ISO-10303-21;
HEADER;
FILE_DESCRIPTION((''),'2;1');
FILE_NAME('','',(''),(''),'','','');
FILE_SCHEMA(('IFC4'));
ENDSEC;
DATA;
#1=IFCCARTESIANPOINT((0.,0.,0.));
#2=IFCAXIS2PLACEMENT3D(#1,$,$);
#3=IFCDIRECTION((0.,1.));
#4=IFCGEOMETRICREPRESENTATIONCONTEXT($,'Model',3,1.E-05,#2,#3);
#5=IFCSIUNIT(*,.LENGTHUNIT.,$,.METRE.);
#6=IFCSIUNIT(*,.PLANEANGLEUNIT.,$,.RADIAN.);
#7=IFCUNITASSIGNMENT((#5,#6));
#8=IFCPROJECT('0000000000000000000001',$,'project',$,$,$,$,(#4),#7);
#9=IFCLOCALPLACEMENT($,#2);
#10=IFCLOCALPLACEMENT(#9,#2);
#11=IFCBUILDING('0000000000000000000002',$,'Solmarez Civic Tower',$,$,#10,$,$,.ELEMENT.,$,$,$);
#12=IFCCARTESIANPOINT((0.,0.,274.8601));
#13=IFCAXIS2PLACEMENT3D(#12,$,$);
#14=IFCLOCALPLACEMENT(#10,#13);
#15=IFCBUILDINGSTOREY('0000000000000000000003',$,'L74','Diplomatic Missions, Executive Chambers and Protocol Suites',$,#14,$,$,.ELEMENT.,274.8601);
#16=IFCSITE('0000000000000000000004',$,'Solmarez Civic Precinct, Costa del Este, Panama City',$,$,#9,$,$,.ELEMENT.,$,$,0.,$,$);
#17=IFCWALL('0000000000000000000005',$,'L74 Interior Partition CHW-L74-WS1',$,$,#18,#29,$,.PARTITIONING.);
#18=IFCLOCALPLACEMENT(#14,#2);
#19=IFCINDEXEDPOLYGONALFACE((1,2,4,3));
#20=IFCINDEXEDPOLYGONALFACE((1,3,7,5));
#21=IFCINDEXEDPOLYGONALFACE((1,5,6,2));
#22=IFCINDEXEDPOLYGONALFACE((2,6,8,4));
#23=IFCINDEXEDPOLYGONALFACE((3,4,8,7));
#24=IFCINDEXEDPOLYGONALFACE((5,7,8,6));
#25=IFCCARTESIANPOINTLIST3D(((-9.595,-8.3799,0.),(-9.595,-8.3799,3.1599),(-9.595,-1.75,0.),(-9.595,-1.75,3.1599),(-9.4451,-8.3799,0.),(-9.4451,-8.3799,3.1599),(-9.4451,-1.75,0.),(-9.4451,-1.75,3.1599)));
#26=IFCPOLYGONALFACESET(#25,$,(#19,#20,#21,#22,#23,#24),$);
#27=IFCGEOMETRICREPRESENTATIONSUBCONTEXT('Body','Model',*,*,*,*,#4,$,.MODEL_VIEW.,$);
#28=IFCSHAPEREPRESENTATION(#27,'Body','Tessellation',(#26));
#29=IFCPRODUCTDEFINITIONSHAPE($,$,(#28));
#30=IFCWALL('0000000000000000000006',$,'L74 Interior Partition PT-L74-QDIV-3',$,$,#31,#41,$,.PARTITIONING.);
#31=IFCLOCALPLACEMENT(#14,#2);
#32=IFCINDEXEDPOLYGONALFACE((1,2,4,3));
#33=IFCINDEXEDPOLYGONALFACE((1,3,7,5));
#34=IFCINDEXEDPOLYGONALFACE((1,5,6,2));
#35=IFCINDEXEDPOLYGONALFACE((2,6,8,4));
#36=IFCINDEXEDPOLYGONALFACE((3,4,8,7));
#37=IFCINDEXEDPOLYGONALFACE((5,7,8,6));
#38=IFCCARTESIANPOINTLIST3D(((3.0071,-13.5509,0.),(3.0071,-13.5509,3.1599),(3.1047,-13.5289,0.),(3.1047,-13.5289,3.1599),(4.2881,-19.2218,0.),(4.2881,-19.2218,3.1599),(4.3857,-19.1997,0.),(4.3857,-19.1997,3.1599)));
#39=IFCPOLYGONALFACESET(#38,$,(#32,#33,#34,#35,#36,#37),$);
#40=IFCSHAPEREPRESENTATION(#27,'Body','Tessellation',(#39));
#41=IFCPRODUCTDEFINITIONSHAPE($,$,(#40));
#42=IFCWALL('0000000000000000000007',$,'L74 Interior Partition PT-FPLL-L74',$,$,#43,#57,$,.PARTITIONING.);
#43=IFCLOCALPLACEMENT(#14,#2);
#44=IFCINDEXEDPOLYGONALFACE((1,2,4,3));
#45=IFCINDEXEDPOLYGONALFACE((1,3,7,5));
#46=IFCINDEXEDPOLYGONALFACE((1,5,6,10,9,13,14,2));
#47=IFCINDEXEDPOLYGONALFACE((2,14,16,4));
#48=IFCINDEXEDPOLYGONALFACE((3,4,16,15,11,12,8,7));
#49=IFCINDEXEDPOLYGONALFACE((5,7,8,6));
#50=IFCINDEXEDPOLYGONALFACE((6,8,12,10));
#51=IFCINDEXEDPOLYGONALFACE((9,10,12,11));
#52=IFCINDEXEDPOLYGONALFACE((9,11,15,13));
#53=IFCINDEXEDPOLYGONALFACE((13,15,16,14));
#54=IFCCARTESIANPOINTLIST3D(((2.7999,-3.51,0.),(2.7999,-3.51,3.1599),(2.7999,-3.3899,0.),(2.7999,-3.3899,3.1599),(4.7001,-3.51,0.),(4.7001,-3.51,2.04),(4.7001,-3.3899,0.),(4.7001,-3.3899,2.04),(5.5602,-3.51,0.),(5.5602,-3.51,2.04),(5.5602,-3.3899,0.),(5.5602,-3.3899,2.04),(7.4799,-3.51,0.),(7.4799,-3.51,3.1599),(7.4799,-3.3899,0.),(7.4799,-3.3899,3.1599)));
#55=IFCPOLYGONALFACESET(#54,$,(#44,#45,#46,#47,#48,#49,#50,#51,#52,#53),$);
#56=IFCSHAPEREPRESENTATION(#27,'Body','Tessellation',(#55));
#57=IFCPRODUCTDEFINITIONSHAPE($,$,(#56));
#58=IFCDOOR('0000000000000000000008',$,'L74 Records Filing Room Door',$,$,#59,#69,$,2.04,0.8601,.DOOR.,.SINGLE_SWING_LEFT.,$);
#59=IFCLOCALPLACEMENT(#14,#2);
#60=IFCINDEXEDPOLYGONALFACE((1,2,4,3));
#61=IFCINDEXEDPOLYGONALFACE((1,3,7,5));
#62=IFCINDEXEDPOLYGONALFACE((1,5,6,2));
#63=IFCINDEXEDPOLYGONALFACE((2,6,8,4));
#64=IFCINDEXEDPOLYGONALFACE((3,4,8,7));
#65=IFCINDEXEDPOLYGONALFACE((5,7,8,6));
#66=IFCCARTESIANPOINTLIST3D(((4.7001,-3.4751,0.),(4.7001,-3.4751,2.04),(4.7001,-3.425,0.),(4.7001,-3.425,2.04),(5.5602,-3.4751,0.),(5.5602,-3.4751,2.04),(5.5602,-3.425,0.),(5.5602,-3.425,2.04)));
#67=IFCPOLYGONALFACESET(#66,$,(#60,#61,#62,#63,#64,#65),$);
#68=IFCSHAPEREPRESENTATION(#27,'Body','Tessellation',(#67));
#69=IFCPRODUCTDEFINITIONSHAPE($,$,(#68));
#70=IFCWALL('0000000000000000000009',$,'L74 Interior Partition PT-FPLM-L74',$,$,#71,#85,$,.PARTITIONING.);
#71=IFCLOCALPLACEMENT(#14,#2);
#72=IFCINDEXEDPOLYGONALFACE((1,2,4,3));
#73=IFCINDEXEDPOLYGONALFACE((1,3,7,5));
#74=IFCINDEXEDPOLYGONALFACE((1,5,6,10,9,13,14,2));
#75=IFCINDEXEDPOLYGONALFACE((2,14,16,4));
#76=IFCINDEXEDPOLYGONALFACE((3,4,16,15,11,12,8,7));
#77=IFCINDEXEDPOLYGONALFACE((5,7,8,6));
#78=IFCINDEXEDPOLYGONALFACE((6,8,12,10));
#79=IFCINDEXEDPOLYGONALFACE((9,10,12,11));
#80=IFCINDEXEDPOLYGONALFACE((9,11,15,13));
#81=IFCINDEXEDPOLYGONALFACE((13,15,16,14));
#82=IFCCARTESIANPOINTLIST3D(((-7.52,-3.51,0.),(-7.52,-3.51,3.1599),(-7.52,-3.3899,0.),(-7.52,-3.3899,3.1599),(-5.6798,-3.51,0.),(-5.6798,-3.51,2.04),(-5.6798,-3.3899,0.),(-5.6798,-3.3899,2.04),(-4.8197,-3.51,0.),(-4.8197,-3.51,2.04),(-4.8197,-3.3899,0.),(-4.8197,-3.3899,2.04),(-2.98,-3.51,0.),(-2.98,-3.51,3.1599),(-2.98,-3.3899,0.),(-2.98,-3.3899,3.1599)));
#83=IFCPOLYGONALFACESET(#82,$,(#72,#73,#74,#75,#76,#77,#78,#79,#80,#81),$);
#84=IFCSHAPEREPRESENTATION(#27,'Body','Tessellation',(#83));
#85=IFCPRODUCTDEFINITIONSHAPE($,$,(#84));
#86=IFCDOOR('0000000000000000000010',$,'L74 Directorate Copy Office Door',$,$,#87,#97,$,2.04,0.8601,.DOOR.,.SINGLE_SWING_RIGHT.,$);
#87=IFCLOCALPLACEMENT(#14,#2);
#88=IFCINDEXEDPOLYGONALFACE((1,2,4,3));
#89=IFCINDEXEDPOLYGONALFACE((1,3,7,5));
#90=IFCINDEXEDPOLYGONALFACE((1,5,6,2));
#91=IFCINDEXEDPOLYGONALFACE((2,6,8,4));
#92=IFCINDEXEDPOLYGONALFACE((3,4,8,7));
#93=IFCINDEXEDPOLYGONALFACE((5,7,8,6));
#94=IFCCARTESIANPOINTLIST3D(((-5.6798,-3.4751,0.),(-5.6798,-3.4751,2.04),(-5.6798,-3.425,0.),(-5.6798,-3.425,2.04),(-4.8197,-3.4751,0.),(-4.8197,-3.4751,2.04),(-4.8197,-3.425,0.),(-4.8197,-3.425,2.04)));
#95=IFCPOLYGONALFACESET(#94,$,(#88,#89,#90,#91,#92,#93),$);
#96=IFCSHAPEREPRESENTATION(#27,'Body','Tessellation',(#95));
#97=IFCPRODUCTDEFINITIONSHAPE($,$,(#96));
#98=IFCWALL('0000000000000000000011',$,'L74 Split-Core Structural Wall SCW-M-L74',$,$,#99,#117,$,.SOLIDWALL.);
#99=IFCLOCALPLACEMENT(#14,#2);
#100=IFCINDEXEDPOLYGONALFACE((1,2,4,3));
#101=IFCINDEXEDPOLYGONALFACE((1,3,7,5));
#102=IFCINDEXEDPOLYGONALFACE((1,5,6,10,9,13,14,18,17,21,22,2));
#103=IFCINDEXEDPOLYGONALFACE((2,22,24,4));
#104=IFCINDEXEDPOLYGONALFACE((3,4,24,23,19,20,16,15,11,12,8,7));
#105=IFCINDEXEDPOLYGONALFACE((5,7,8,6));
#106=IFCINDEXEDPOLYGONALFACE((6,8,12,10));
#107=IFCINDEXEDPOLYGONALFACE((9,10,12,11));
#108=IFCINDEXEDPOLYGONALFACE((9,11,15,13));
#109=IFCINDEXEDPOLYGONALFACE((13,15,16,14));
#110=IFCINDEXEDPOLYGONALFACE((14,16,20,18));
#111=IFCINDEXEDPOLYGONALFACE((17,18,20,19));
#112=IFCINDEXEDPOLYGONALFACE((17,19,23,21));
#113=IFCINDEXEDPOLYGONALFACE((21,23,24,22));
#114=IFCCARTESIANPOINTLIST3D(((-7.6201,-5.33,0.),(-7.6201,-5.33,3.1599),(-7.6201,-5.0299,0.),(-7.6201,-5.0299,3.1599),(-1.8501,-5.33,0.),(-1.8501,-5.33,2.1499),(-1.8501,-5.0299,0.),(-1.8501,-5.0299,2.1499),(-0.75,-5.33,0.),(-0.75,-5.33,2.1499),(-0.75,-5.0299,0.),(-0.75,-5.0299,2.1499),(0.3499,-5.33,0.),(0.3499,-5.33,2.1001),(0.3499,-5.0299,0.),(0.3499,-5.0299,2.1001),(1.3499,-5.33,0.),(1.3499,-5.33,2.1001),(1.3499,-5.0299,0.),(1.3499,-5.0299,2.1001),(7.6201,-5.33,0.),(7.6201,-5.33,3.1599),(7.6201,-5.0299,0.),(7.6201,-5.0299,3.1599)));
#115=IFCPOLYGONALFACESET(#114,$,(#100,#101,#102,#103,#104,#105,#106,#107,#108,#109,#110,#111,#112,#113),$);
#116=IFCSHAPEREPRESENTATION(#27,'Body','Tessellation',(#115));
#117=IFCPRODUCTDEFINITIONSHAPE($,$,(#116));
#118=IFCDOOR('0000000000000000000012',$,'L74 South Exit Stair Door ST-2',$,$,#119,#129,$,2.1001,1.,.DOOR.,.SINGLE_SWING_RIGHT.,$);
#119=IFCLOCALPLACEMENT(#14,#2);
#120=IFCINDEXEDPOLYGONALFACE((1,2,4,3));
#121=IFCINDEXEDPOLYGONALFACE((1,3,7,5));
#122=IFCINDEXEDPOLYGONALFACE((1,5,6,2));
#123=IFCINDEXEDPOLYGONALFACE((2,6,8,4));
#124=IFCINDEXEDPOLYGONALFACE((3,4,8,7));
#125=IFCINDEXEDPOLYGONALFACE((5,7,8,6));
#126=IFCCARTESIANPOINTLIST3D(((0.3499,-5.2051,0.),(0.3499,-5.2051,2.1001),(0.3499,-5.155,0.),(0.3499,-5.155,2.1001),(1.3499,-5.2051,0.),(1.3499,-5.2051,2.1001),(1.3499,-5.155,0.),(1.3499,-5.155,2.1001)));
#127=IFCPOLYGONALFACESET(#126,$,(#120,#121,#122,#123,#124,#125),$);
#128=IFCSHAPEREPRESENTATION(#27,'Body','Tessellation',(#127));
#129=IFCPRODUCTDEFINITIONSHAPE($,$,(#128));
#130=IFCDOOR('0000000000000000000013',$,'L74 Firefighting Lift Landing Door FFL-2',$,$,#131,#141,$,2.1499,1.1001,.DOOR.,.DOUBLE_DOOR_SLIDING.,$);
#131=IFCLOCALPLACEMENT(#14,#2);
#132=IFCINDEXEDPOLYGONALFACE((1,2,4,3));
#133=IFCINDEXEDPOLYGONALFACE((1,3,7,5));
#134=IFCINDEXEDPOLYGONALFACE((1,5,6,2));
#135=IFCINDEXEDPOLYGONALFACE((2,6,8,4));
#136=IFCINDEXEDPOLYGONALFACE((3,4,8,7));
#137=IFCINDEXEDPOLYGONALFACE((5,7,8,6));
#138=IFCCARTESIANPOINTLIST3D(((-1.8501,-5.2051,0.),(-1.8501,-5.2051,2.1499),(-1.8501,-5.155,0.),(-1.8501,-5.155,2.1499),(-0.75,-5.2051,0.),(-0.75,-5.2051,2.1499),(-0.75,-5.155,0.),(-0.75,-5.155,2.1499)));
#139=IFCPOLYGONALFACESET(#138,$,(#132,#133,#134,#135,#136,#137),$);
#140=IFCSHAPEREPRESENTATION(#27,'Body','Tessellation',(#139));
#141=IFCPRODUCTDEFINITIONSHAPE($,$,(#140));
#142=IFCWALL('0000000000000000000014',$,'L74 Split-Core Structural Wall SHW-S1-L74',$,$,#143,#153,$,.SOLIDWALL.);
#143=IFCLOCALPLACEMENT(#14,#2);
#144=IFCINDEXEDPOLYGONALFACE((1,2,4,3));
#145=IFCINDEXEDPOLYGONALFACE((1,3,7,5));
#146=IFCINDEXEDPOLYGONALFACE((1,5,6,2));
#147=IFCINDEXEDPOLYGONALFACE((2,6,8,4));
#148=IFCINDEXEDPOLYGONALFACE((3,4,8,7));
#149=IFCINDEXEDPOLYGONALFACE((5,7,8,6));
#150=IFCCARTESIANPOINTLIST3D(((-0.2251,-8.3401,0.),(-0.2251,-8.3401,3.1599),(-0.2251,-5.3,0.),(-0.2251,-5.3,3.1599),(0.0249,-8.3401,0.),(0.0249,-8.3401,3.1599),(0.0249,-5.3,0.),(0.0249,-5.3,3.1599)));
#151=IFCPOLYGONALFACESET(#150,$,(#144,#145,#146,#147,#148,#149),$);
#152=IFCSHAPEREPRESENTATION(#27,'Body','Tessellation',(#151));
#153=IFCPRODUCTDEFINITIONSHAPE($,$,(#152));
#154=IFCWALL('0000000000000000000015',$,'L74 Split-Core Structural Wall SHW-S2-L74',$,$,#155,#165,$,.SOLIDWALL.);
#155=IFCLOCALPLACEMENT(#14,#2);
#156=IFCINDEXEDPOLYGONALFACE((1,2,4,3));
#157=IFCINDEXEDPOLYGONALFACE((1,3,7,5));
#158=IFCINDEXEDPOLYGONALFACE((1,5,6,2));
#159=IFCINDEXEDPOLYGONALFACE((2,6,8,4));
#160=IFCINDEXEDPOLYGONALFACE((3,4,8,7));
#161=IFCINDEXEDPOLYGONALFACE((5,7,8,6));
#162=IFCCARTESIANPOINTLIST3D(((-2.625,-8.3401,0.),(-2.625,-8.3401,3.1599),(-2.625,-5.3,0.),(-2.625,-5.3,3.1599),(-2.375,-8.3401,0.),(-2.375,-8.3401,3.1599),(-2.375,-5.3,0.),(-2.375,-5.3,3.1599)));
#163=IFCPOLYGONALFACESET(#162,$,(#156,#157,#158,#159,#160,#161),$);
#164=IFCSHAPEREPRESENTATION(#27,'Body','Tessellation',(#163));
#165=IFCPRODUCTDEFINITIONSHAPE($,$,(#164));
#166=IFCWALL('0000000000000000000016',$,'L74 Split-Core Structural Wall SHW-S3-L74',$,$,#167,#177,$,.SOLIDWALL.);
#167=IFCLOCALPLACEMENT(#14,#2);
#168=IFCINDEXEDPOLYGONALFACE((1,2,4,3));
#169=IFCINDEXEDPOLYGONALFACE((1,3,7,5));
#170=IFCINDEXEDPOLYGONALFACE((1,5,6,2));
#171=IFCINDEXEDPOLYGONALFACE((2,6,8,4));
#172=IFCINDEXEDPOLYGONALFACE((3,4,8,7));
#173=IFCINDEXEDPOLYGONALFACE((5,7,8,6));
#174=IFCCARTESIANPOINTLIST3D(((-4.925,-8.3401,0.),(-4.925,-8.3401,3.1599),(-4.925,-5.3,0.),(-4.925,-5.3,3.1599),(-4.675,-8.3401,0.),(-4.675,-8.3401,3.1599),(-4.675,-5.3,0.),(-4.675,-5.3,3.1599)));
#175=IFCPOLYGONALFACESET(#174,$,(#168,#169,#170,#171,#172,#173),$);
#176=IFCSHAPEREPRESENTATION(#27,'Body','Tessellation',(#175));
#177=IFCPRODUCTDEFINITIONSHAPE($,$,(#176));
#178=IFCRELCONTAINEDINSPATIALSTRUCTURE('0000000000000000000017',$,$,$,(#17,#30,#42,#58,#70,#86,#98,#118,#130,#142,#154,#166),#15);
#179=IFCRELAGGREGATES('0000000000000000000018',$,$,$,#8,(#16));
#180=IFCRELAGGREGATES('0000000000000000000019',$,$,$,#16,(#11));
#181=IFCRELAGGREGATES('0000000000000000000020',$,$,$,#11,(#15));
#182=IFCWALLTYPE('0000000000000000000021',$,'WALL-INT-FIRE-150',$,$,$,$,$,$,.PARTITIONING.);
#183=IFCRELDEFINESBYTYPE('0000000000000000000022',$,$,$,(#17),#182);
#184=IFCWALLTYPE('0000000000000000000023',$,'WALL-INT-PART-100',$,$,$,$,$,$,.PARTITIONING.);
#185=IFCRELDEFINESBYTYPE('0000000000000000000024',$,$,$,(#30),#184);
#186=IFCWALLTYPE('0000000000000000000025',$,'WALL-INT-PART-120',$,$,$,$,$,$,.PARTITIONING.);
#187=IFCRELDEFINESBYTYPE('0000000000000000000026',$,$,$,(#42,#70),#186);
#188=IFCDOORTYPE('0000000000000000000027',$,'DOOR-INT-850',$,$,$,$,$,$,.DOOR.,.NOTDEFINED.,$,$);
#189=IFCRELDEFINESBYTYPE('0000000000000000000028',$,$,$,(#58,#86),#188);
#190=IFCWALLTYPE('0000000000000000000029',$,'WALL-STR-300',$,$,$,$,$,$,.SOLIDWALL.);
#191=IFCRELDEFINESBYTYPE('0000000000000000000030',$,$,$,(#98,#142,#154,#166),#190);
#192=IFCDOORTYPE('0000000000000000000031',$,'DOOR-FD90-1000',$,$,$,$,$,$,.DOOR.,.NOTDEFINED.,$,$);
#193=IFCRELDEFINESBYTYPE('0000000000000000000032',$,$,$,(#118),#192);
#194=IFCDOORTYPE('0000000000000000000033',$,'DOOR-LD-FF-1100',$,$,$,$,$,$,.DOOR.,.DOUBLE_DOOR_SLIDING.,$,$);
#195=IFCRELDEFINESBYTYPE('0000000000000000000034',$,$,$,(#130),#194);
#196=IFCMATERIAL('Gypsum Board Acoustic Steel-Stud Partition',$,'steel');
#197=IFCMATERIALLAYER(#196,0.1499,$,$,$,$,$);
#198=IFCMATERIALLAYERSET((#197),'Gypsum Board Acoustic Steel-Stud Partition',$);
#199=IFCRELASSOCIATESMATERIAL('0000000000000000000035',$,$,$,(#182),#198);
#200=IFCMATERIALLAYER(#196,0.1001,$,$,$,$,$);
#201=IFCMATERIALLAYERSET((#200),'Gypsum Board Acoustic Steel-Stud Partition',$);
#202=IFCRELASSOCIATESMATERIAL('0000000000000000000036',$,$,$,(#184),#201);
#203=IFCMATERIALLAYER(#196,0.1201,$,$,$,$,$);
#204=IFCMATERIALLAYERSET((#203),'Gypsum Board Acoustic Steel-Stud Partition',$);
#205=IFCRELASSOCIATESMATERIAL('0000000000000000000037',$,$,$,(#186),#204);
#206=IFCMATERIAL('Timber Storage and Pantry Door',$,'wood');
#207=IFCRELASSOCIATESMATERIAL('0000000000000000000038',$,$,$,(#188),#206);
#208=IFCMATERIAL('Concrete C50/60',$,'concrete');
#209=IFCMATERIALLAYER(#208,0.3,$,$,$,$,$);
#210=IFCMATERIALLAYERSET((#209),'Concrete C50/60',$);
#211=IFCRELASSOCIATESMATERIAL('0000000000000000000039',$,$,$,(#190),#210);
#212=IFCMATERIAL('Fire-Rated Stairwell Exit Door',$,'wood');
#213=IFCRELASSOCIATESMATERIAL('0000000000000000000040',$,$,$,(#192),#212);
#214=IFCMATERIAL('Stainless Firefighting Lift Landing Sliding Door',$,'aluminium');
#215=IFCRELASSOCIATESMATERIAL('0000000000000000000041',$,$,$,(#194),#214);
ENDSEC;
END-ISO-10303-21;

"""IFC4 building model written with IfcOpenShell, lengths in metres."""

from ifc_helpers import new_model, si_unit, direction, frame, frame_2d, origin, place, context, subcontext, project, spatial, rectangle, extrude, material, layer, layer_set, type_object, element, fill, save


model = new_model("IFC4")

# Units and contexts
model_context = context("Model", 3, precision=1e-05, world=origin(), true_north=direction((0.0, 1.0)))
body_context = subcontext(model_context, "Body", "Model", "MODEL_VIEW")
ifc_project = project(units=[si_unit("LENGTHUNIT", "METRE"), si_unit("PLANEANGLEUNIT", "RADIAN")], contexts=[model_context])

# Site, building, storey
site_placement = place(None, origin())
site = spatial("IfcSite", under=ifc_project, at=site_placement, Name="Solmarez Civic Precinct, Costa del Este, Panama City", CompositionType="ELEMENT", RefElevation=0.0)
building_placement = place(site_placement, origin())
building = spatial("IfcBuilding", under=site, at=building_placement, Name="Solmarez Civic Tower", CompositionType="ELEMENT")
storey_placement = place(building_placement, frame((0.0, 0.0, 274.8601)))
storey = spatial("IfcBuildingStorey", under=building, at=storey_placement, Name="L74", Description="Diplomatic Missions, Executive Chambers and Protocol Suites", CompositionType="ELEMENT", Elevation=274.8601)

# Shared definitions
ifc_material_1 = material(Name="Concrete C50/60", Category="concrete")

# Walls
ifc_material_2 = material(Name="Gypsum Board Acoustic Steel-Stud Partition", Category="steel")
ifc_layer_1 = layer(ifc_material_2, 0.1499)
ifc_layer_set_1 = layer_set([ifc_layer_1], Name="Gypsum Board Acoustic Steel-Stud Partition")
wall_type_1 = type_object("IfcWallType", Name="WALL-INT-FIRE-150", PredefinedType="PARTITIONING", material=ifc_layer_set_1)
wall_1_placement = place(storey_placement, frame((-9.52, -8.3799, 0.0), z_axis=(0.0, 0.0, 1.0), x_axis=(0.0, 1.0, 0.0)))
element("IfcWall", 1, at=wall_1_placement, inside=storey, type_object=wall_type_1, Name="L74 Interior Partition CHW-L74-WS1", PredefinedType="PARTITIONING", context=body_context, shape_type="SweptSolid", body=[
    extrude(rectangle(XDim=6.6299, YDim=0.1499, at=frame_2d((3.3149, 0.0))), origin(), (0.0, 0.0, 1.0), 3.1599),
])
ifc_layer_2 = layer(ifc_material_2, 0.1001)
ifc_layer_set_2 = layer_set([ifc_layer_2], Name="Gypsum Board Acoustic Steel-Stud Partition")
wall_type_2 = type_object("IfcWallType", Name="WALL-INT-PART-100", PredefinedType="PARTITIONING", material=ifc_layer_set_2)
wall_2_placement = place(storey_placement, frame((3.0559, -13.54, 0.0), z_axis=(0.0, 0.0, 1.0), x_axis=(0.220339, -0.975423, 0.0)))
element("IfcWall", 2, at=wall_2_placement, inside=storey, type_object=wall_type_2, Name="L74 Interior Partition PT-L74-QDIV-3", PredefinedType="PARTITIONING", context=body_context, shape_type="SweptSolid", body=[
    extrude(rectangle(XDim=5.8137, YDim=0.1001, at=frame_2d((2.9067, 0.0))), origin(), (0.0, 0.0, 1.0), 3.1599),
])

# Walls, openings, doors
ifc_layer_3 = layer(ifc_material_2, 0.1201)
ifc_layer_set_3 = layer_set([ifc_layer_3], Name="Gypsum Board Acoustic Steel-Stud Partition")
wall_type_3 = type_object("IfcWallType", Name="WALL-INT-PART-120", PredefinedType="PARTITIONING", material=ifc_layer_set_3)
wall_3_placement = place(storey_placement, frame((2.8, -3.45, 0.0), z_axis=(0.0, 0.0, 1.0), x_axis=(1.0, 0.0, 0.0)))
wall_3 = element("IfcWall", 3, at=wall_3_placement, inside=storey, type_object=wall_type_3, Name="L74 Interior Partition PT-FPLL-L74", PredefinedType="PARTITIONING", context=body_context, shape_type="SweptSolid", body=[
    extrude(rectangle(XDim=4.6799, YDim=0.1201, at=frame_2d((2.3398, 0.0))), origin(), (0.0, 0.0, 1.0), 3.1599),
])
opening_1_placement = place(wall_3_placement, frame((1.8999, 0.0, 0.0)))
opening_1 = element("IfcOpeningElement", 4, at=opening_1_placement, cuts=wall_3, PredefinedType="OPENING", context=body_context, shape_type="SweptSolid", body=[
    extrude(rectangle(XDim=0.8601, YDim=2.04, at=frame_2d((0.4302, 1.02))), frame((0.0, 0.0701, 0.0), z_axis=(0.0, -1.0, 0.0), x_axis=(1.0, 0.0, 0.0)), (0.0, 0.0, 1.0), 0.1401),
])
ifc_material_3 = material(Name="Timber Storage and Pantry Door", Category="wood")
door_type_1 = type_object("IfcDoorType", Name="DOOR-INT-850", OperationType="NOTDEFINED", PredefinedType="DOOR", material=ifc_material_3)
door_1_placement = place(opening_1_placement, origin())
door_1 = element("IfcDoor", 5, at=door_1_placement, inside=storey, type_object=door_type_1, Name="L74 Records Filing Room Door", OperationType="SINGLE_SWING_LEFT", OverallHeight=2.04, OverallWidth=0.8601, PredefinedType="DOOR", context=body_context, shape_type="SweptSolid", body=[
    extrude(rectangle(XDim=0.8601, YDim=2.04, at=frame_2d((0.4302, 1.02))), frame((0.0, 0.0249, 0.0), z_axis=(0.0, -1.0, 0.0), x_axis=(1.0, 0.0, 0.0)), (0.0, 0.0, 1.0), 0.05),
])
fill(opening_1, door_1)
wall_4_placement = place(storey_placement, frame((-7.52, -3.45, 0.0), z_axis=(0.0, 0.0, 1.0), x_axis=(1.0, 0.0, 0.0)))
wall_4 = element("IfcWall", 6, at=wall_4_placement, inside=storey, type_object=wall_type_3, Name="L74 Interior Partition PT-FPLM-L74", PredefinedType="PARTITIONING", context=body_context, shape_type="SweptSolid", body=[
    extrude(rectangle(XDim=4.54, YDim=0.1201, at=frame_2d((2.27, 0.0))), origin(), (0.0, 0.0, 1.0), 3.1599),
])
opening_2_placement = place(wall_4_placement, frame((1.8401, 0.0, 0.0)))
opening_2 = element("IfcOpeningElement", 7, at=opening_2_placement, cuts=wall_4, PredefinedType="OPENING", context=body_context, shape_type="SweptSolid", body=[
    extrude(rectangle(XDim=0.8601, YDim=2.04, at=frame_2d((0.4302, 1.02))), frame((0.0, 0.0701, 0.0), z_axis=(0.0, -1.0, 0.0), x_axis=(1.0, 0.0, 0.0)), (0.0, 0.0, 1.0), 0.1401),
])
door_2_placement = place(opening_2_placement, origin())
door_2 = element("IfcDoor", 8, at=door_2_placement, inside=storey, type_object=door_type_1, Name="L74 Directorate Copy Office Door", OperationType="SINGLE_SWING_RIGHT", OverallHeight=2.04, OverallWidth=0.8601, PredefinedType="DOOR", context=body_context, shape_type="SweptSolid", body=[
    extrude(rectangle(XDim=0.8601, YDim=2.04, at=frame_2d((0.4302, 1.02))), frame((0.0, 0.0249, 0.0), z_axis=(0.0, -1.0, 0.0), x_axis=(1.0, 0.0, 0.0)), (0.0, 0.0, 1.0), 0.05),
])
fill(opening_2, door_2)

# Wall, openings, doors
ifc_layer_4 = layer(ifc_material_1, 0.3)
ifc_layer_set_4 = layer_set([ifc_layer_4], Name="Concrete C50/60")
wall_type_4 = type_object("IfcWallType", Name="WALL-STR-300", PredefinedType="SOLIDWALL", material=ifc_layer_set_4)
wall_5_placement = place(storey_placement, frame((-7.6201, -5.1799, 0.0), z_axis=(0.0, 0.0, 1.0), x_axis=(1.0, 0.0, 0.0)))
wall_5 = element("IfcWall", 9, at=wall_5_placement, inside=storey, type_object=wall_type_4, Name="L74 Split-Core Structural Wall SCW-M-L74", PredefinedType="SOLIDWALL", context=body_context, shape_type="SweptSolid", body=[
    extrude(rectangle(XDim=15.2402, YDim=0.3, at=frame_2d((7.6201, 0.0))), origin(), (0.0, 0.0, 1.0), 3.1599),
])
opening_3_placement = place(wall_5_placement, frame((5.77, 0.0, 0.0)))
opening_3 = element("IfcOpeningElement", 10, at=opening_3_placement, cuts=wall_5, PredefinedType="OPENING", context=body_context, shape_type="SweptSolid", body=[
    extrude(rectangle(XDim=1.1001, YDim=2.1499, at=frame_2d((0.55, 1.075))), frame((0.0, 0.1599, 0.0), z_axis=(0.0, -1.0, 0.0), x_axis=(1.0, 0.0, 0.0)), (0.0, 0.0, 1.0), 0.3201),
])
opening_4_placement = place(wall_5_placement, frame((7.97, 0.0, 0.0)))
opening_4 = element("IfcOpeningElement", 11, at=opening_4_placement, cuts=wall_5, PredefinedType="OPENING", context=body_context, shape_type="SweptSolid", body=[
    extrude(rectangle(XDim=1.0, YDim=2.1001, at=frame_2d((0.5, 1.05))), frame((0.0, 0.1599, 0.0), z_axis=(0.0, -1.0, 0.0), x_axis=(1.0, 0.0, 0.0)), (0.0, 0.0, 1.0), 0.3201),
])
ifc_material_4 = material(Name="Fire-Rated Stairwell Exit Door", Category="wood")
door_type_2 = type_object("IfcDoorType", Name="DOOR-FD90-1000", OperationType="NOTDEFINED", PredefinedType="DOOR", material=ifc_material_4)
door_3_placement = place(opening_4_placement, origin())
door_3 = element("IfcDoor", 12, at=door_3_placement, inside=storey, type_object=door_type_2, Name="L74 South Exit Stair Door ST-2", OperationType="SINGLE_SWING_RIGHT", OverallHeight=2.1001, OverallWidth=1.0, PredefinedType="DOOR", context=body_context, shape_type="SweptSolid", body=[
    extrude(rectangle(XDim=1.0, YDim=2.1001, at=frame_2d((0.5, 1.05))), frame((0.0, 0.0249, 0.0), z_axis=(0.0, -1.0, 0.0), x_axis=(1.0, 0.0, 0.0)), (0.0, 0.0, 1.0), 0.05),
])
fill(opening_4, door_3)
ifc_material_5 = material(Name="Stainless Firefighting Lift Landing Sliding Door", Category="aluminium")
door_type_3 = type_object("IfcDoorType", Name="DOOR-LD-FF-1100", OperationType="DOUBLE_DOOR_SLIDING", PredefinedType="DOOR", material=ifc_material_5)
door_4_placement = place(opening_3_placement, origin())
door_4 = element("IfcDoor", 13, at=door_4_placement, inside=storey, type_object=door_type_3, Name="L74 Firefighting Lift Landing Door FFL-2", OperationType="DOUBLE_DOOR_SLIDING", OverallHeight=2.1499, OverallWidth=1.1001, PredefinedType="DOOR", context=body_context, shape_type="SweptSolid", body=[
    extrude(rectangle(XDim=1.1001, YDim=2.1499, at=frame_2d((0.55, 1.075))), frame((0.0, 0.0249, 0.0), z_axis=(0.0, -1.0, 0.0), x_axis=(1.0, 0.0, 0.0)), (0.0, 0.0, 1.0), 0.05),
])
fill(opening_3, door_4)

# Walls
for number, where, z_axis, x_axis, name in (
    (14, (-0.1001, -8.3401, 0.0), (0.0, 0.0, 1.0), (0.0, 1.0, 0.0), "L74 Split-Core Structural Wall SHW-S1-L74"),
    (15, (-2.5, -8.3401, 0.0), (0.0, 0.0, 1.0), (0.0, 1.0, 0.0), "L74 Split-Core Structural Wall SHW-S2-L74"),
    (16, (-4.8, -8.3401, 0.0), (0.0, 0.0, 1.0), (0.0, 1.0, 0.0), "L74 Split-Core Structural Wall SHW-S3-L74"),
):
    element("IfcWall", number, at=place(storey_placement, frame(where, z_axis=z_axis, x_axis=x_axis)), inside=storey, type_object=wall_type_4, Name=name, PredefinedType="SOLIDWALL", context=body_context, shape_type="SweptSolid", body=[
        extrude(rectangle(XDim=3.04, YDim=0.25, at=frame_2d((1.52, 0.0))), origin(), (0.0, 0.0, 1.0), 3.1599),
    ])

save(model, "model.ifc")
